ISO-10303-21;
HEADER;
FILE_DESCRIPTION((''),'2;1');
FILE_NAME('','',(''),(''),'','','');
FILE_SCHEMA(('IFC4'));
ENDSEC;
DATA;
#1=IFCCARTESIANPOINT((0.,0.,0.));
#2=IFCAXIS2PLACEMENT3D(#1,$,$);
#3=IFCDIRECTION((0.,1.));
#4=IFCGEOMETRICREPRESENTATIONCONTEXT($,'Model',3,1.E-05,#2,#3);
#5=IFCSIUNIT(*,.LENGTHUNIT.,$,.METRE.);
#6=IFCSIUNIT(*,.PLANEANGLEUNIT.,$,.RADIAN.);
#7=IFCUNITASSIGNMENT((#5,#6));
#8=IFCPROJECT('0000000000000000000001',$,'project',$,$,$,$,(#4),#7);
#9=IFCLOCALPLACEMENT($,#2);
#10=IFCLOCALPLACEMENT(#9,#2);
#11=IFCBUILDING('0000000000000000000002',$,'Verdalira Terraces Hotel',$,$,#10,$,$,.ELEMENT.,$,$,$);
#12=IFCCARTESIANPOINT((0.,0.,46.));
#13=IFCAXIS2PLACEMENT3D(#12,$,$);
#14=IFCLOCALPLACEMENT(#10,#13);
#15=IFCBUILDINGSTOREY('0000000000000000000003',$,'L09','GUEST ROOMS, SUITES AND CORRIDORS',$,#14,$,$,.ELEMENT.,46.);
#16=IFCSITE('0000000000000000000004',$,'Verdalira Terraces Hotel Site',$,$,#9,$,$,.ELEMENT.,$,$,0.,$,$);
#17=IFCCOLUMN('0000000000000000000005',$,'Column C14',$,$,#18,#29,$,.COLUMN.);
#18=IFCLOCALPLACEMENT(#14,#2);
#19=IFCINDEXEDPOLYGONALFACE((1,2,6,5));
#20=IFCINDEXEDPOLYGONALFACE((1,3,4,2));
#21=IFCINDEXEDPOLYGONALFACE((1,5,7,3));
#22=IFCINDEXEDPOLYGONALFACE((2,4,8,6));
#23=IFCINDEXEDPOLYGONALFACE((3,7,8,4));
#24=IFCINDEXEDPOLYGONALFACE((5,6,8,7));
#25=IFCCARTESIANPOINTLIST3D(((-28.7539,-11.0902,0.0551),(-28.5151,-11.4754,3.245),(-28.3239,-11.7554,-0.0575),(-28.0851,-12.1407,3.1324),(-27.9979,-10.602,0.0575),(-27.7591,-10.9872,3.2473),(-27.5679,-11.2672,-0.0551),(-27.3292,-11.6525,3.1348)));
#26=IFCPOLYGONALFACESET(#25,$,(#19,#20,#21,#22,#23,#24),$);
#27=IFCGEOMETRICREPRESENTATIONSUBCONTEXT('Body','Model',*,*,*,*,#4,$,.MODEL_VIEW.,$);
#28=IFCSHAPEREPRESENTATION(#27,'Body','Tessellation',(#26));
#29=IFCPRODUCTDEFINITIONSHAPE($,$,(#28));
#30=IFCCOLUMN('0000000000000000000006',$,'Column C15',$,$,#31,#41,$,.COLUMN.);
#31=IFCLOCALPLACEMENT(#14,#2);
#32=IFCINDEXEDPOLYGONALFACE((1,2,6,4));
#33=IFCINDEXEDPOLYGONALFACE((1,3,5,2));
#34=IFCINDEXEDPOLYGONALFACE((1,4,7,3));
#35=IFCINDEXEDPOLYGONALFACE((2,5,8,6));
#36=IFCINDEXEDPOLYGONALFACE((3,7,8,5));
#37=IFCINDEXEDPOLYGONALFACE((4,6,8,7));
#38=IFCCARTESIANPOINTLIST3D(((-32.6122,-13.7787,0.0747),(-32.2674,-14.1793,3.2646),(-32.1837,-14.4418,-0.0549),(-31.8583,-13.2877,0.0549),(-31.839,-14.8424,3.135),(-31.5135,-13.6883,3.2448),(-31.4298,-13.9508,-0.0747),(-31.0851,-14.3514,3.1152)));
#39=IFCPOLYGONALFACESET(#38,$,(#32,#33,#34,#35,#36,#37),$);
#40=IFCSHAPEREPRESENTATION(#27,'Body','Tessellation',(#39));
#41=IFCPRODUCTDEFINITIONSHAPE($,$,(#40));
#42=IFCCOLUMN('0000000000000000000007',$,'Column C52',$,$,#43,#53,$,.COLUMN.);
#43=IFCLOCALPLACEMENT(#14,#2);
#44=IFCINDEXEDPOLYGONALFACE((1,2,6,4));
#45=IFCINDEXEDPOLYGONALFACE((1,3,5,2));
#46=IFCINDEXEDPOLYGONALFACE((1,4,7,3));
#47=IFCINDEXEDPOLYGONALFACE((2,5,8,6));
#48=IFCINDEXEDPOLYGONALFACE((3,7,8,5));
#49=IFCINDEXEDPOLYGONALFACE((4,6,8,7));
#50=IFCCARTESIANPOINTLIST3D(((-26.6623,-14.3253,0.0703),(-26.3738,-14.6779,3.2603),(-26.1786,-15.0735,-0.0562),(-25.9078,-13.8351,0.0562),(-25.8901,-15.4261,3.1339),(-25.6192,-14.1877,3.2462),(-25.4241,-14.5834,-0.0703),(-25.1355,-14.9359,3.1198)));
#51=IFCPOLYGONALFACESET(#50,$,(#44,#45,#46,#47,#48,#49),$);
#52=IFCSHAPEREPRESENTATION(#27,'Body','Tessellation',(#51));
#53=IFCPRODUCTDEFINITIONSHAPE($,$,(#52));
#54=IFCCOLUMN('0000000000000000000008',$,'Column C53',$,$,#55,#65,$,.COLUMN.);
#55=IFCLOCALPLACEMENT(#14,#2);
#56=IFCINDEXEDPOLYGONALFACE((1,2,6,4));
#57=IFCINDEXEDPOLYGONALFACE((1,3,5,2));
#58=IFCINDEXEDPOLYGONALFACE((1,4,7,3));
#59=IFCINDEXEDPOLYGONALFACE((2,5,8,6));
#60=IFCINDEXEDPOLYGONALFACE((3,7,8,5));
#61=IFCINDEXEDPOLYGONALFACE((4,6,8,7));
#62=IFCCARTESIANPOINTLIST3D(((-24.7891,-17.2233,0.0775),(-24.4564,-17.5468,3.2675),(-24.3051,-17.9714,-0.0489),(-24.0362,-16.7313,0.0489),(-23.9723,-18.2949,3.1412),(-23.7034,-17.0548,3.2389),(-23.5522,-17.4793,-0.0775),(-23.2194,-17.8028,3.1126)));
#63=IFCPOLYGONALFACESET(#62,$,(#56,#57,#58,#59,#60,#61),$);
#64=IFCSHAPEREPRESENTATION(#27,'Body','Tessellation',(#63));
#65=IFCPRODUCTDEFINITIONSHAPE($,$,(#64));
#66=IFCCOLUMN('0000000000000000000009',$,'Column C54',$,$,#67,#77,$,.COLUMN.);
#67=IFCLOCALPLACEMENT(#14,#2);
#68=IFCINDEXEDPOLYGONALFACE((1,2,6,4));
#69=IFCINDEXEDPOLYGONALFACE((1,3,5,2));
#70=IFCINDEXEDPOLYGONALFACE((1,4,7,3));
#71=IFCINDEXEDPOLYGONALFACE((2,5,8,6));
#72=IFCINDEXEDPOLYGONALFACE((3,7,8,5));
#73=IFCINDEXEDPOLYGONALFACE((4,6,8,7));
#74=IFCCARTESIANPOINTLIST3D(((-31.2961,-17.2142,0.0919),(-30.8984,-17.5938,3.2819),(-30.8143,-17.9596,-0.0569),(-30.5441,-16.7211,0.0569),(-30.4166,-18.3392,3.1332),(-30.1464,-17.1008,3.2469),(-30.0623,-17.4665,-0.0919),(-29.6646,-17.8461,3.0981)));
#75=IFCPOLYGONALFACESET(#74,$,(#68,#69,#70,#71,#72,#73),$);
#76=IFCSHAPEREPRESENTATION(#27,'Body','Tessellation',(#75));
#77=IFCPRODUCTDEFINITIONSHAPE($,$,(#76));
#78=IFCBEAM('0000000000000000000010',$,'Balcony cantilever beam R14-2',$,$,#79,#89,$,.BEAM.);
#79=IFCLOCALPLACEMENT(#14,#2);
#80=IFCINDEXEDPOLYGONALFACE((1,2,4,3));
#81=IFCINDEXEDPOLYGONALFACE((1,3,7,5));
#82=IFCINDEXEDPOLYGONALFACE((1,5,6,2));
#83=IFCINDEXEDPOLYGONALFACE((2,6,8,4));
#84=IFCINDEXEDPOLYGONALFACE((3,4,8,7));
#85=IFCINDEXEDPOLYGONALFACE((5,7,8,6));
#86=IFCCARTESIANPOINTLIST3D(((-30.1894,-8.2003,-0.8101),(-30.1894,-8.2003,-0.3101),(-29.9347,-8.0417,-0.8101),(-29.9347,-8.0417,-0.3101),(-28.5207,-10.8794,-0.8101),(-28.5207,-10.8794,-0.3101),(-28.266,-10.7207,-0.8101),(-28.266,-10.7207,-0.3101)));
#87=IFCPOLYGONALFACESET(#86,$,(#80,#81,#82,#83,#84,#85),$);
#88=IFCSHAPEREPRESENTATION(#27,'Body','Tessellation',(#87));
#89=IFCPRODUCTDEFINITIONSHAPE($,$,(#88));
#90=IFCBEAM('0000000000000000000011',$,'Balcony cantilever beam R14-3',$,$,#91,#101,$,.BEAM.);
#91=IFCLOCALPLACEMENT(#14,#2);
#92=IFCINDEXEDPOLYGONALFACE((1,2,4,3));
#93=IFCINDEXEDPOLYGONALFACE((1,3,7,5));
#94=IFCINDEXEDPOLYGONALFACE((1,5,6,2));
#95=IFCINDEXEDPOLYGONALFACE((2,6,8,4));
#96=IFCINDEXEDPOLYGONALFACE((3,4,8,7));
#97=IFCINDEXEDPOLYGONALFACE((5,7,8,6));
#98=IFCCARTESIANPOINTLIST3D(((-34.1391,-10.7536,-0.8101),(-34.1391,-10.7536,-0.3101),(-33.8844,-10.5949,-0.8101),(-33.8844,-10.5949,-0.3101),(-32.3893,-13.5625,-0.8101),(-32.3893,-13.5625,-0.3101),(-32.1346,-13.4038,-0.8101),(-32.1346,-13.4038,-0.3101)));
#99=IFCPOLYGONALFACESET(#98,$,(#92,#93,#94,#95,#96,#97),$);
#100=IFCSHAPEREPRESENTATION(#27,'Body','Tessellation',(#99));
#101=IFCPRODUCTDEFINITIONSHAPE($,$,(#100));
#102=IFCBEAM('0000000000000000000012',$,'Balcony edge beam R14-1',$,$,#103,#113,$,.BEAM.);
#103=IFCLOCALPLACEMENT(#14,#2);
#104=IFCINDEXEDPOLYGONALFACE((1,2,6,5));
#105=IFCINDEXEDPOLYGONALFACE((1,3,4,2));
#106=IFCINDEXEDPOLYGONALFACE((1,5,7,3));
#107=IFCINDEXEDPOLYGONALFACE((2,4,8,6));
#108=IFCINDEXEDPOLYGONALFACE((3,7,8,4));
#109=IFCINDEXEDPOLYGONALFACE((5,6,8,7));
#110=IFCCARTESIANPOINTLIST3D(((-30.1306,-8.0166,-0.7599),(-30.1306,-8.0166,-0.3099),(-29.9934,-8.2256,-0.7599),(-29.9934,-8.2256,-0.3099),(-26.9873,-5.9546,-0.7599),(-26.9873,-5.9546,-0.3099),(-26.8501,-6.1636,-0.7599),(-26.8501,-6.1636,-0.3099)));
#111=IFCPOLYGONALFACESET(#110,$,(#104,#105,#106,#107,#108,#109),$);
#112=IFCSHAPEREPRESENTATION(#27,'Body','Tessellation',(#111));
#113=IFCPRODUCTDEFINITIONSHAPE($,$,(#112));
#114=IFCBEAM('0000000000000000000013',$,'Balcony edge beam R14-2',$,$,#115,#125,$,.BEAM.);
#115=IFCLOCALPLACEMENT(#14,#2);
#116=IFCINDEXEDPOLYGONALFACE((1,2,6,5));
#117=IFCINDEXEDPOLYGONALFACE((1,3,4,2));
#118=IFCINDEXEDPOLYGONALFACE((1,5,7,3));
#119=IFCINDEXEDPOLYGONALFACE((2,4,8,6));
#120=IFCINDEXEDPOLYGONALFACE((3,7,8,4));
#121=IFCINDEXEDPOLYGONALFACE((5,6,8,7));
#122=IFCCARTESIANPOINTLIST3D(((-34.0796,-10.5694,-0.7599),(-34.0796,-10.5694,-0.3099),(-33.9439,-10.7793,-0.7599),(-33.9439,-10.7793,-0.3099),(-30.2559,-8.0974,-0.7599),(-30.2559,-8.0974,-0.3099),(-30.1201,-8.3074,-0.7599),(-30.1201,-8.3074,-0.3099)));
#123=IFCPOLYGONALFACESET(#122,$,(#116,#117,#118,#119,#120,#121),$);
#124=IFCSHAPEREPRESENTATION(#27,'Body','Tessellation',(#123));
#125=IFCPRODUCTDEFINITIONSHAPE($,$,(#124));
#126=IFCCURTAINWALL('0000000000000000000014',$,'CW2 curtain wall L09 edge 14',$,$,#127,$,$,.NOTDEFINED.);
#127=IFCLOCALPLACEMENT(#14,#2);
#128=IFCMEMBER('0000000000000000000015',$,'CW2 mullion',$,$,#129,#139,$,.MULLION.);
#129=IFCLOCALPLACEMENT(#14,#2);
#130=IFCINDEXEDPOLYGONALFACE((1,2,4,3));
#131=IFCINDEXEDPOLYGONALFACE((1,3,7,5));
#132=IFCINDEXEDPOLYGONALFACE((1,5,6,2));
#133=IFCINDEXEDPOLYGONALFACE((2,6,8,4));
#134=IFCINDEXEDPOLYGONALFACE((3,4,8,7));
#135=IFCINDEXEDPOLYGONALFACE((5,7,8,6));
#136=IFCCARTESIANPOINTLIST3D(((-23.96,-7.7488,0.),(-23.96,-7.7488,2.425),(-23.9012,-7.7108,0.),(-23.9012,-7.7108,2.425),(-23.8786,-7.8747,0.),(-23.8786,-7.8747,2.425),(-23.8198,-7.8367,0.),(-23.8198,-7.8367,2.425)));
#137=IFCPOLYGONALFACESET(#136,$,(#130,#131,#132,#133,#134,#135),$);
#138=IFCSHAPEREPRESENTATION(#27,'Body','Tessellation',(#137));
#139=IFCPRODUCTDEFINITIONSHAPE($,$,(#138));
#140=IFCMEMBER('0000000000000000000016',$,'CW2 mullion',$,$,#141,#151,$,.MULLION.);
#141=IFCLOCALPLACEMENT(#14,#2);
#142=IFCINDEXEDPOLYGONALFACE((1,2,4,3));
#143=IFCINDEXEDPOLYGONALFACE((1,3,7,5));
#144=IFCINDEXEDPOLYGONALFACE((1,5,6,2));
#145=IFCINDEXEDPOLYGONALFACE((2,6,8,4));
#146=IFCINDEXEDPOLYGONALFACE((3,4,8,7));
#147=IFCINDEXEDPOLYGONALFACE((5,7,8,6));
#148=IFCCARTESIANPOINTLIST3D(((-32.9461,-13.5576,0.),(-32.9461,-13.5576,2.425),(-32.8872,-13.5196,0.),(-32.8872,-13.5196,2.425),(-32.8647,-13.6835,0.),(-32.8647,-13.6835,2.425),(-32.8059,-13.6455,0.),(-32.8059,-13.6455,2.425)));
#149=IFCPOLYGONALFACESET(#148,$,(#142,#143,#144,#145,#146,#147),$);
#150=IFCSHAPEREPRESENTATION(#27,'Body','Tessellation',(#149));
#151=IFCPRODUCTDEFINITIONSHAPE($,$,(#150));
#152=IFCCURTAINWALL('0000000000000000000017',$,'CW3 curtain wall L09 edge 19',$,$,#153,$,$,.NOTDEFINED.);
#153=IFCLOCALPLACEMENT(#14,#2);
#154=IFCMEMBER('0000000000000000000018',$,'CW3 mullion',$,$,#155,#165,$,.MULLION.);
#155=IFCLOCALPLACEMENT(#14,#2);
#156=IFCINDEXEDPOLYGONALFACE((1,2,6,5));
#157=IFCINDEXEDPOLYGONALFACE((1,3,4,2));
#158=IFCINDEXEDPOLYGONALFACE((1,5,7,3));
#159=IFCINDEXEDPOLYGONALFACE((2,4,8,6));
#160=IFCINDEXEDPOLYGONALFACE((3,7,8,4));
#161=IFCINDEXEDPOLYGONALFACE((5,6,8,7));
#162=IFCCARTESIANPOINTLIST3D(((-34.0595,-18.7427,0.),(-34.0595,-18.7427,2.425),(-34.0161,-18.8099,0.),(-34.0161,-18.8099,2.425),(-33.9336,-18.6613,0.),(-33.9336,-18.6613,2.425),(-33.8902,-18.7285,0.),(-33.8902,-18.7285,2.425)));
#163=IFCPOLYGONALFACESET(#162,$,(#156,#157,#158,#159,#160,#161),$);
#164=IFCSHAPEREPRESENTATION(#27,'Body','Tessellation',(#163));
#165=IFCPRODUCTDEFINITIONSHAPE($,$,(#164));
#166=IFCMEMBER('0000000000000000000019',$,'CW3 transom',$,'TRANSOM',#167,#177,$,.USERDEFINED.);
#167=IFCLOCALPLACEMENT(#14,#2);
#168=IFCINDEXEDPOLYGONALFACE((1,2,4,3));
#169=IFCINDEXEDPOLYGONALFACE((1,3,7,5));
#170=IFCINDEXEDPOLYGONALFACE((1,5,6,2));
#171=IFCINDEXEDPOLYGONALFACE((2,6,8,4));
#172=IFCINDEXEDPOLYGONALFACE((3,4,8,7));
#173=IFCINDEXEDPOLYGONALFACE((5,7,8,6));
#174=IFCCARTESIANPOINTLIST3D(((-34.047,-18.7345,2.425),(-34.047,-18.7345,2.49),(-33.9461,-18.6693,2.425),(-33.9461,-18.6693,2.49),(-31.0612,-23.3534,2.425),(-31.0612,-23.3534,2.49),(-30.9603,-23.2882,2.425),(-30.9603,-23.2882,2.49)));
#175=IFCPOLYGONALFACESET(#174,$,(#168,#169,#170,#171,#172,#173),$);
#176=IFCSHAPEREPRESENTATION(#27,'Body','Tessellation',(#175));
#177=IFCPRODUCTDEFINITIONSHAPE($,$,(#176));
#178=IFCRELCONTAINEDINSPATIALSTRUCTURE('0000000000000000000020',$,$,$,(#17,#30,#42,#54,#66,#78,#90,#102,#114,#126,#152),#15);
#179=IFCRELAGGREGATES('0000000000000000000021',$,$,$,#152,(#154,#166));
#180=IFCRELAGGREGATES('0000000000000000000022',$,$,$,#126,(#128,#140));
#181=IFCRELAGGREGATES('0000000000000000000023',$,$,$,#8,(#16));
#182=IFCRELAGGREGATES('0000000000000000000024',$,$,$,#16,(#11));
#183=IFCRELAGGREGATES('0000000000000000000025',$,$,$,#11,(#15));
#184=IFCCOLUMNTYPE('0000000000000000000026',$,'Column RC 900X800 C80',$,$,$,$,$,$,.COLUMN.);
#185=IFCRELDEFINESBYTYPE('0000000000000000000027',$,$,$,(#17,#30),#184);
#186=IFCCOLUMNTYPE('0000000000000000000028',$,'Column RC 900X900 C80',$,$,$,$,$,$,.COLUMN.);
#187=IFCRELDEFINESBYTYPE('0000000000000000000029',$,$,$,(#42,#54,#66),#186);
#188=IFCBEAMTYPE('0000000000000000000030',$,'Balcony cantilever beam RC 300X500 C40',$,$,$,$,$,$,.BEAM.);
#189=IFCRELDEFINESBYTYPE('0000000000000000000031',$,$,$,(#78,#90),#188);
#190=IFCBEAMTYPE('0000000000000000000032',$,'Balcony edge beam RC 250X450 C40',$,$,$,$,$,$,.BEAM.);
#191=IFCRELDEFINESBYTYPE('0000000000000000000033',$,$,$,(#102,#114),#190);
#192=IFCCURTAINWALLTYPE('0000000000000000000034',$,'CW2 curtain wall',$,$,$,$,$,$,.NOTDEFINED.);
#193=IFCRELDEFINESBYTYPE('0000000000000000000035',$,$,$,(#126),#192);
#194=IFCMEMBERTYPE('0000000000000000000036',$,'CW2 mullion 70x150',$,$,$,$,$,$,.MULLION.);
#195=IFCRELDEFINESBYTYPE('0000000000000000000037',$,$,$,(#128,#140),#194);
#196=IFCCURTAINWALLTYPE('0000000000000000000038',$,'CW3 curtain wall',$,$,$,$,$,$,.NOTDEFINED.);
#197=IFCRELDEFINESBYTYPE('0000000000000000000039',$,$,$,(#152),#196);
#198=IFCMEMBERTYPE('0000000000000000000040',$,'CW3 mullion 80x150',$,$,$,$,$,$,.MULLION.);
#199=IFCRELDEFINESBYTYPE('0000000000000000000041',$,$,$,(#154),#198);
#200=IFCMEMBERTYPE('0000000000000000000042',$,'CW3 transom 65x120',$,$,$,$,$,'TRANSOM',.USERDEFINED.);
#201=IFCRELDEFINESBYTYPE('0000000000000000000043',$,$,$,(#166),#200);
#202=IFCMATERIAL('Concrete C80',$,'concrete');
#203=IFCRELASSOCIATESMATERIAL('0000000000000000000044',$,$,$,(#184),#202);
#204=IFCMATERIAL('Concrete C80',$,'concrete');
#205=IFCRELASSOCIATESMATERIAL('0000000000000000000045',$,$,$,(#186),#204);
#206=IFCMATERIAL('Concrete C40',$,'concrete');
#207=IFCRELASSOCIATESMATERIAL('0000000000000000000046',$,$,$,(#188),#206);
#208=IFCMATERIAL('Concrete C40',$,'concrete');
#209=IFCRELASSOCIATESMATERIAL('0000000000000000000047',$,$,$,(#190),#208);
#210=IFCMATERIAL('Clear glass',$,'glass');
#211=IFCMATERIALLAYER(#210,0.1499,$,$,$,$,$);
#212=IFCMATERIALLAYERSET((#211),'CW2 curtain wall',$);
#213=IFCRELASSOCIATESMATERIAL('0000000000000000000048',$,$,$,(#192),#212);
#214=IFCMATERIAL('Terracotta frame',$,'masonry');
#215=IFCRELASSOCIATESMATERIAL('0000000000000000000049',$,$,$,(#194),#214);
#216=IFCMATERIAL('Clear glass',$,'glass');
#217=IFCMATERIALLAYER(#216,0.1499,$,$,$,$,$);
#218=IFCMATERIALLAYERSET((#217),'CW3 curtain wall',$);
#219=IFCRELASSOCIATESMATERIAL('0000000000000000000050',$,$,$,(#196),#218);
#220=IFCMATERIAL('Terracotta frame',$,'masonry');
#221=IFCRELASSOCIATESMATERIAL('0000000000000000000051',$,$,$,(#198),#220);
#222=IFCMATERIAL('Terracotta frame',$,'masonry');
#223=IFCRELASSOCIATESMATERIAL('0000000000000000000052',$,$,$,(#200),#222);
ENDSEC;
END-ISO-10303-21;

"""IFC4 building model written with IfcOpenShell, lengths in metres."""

from ifc_helpers import new_model, si_unit, direction, frame, origin, origin_2d, place, context, subcontext, project, spatial, rectangle, extrude, material, layer, layer_set, material_profile, profile_set, type_object, element, aggregate, save


model = new_model("IFC4")

# Units and contexts
model_context = context("Model", 3, precision=1e-05, world=origin(), true_north=direction((0.0, 1.0)))
body_context = subcontext(model_context, "Body", "Model", "MODEL_VIEW")
ifc_project = project(units=[si_unit("LENGTHUNIT", "METRE"), si_unit("PLANEANGLEUNIT", "RADIAN")], contexts=[model_context])

# Site, building, storey
site_placement = place(None, origin())
site = spatial("IfcSite", under=ifc_project, at=site_placement, Name="Verdalira Terraces Hotel Site", CompositionType="ELEMENT", RefElevation=0.0)
building_placement = place(site_placement, origin())
building = spatial("IfcBuilding", under=site, at=building_placement, Name="Verdalira Terraces Hotel", CompositionType="ELEMENT")
storey_placement = place(building_placement, frame((0.0, 0.0, 46.0)))
storey = spatial("IfcBuildingStorey", under=building, at=storey_placement, Name="L09", Description="GUEST ROOMS, SUITES AND CORRIDORS", CompositionType="ELEMENT", Elevation=46.0)

# Columns
ifc_material_1 = material(Name="Concrete C80", Category="concrete")
ifc_material_profile_1 = material_profile(ifc_material_1, rectangle(XDim=0.8999, YDim=0.8, at=origin_2d()), Name="RC 900X800")
ifc_profile_set_1 = profile_set([ifc_material_profile_1], Name="Concrete C80")
column_type_1 = type_object("IfcColumnType", Name="Column RC 900X800 C80", PredefinedType="COLUMN", material=ifc_profile_set_1)
column_1_placement = place(storey_placement, frame((-28.1609, -11.1787, 0.0), z_axis=(0.074106, -0.119571, 0.990056), x_axis=(-0.840046, -0.542508, -0.002641)))
element("IfcColumn", 1, at=column_1_placement, inside=storey, type_object=column_type_1, Name="Column C14", PredefinedType="COLUMN", context=body_context, shape_type="SweptSolid", body=[
    extrude(rectangle(XDim=0.8999, YDim=0.8, at=origin_2d()), origin(), (0.0, 0.0, 1.0), 3.2219),
])
column_2_placement = place(storey_placement, frame((-32.021, -13.8647, 0.0), z_axis=(0.106613, -0.123904, 0.98655), x_axis=(-0.83776, -0.545594, 0.022011)))
element("IfcColumn", 2, at=column_2_placement, inside=storey, type_object=column_type_1, Name="Column C15", PredefinedType="COLUMN", context=body_context, shape_type="SweptSolid", body=[
    extrude(rectangle(XDim=0.8999, YDim=0.8, at=origin_2d()), origin(), (0.0, 0.0, 1.0), 3.2334),
])
ifc_material_2 = material(Name="Concrete C80", Category="concrete")
ifc_material_profile_2 = material_profile(ifc_material_2, rectangle(XDim=0.8999, YDim=0.8999, at=origin_2d()), Name="RC 900X900")
ifc_profile_set_2 = profile_set([ifc_material_profile_2], Name="Concrete C80")
column_type_2 = type_object("IfcColumnType", Name="Column RC 900X900 C80", PredefinedType="COLUMN", material=ifc_profile_set_2)
column_3_placement = place(storey_placement, frame((-26.0432, -14.4543, 0.0), z_axis=(0.089555, -0.109406, 0.989955), x_axis=(-0.838496, -0.544682, 0.015658)))
element("IfcColumn", 3, at=column_3_placement, inside=storey, type_object=column_type_2, Name="Column C52", PredefinedType="COLUMN", context=body_context, shape_type="SweptSolid", body=[
    extrude(rectangle(XDim=0.8999, YDim=0.8999, at=origin_2d()), origin(), (0.0, 0.0, 1.0), 3.2224),
])
column_4_placement = place(storey_placement, frame((-24.1707, -17.3513, 0.0), z_axis=(0.10323, -0.100352, 0.989582), x_axis=(-0.836688, -0.546753, 0.031835)))
element("IfcColumn", 4, at=column_4_placement, inside=storey, type_object=column_type_2, Name="Column C53", PredefinedType="COLUMN", context=body_context, shape_type="SweptSolid", body=[
    extrude(rectangle(XDim=0.8999, YDim=0.8999, at=origin_2d()), origin(), (0.0, 0.0, 1.0), 3.2236),
])
column_5_placement = place(storey_placement, frame((-30.6792, -17.3403, 0.0), z_axis=(0.122863, -0.117282, 0.985469), x_axis=(-0.835614, -0.547933, 0.03897)))
element("IfcColumn", 5, at=column_5_placement, inside=storey, type_object=column_type_2, Name="Column C54", PredefinedType="COLUMN", context=body_context, shape_type="SweptSolid", body=[
    extrude(rectangle(XDim=0.8999, YDim=0.8999, at=origin_2d()), origin(), (0.0, 0.0, 1.0), 3.2371),
])

# Beams
ifc_material_3 = material(Name="Concrete C40", Category="concrete")
ifc_material_profile_3 = material_profile(ifc_material_3, rectangle(XDim=0.3, YDim=0.5, at=origin_2d()), Name="RC 300X500")
ifc_profile_set_3 = profile_set([ifc_material_profile_3], Name="Concrete C40")
beam_type_1 = type_object("IfcBeamType", Name="Balcony cantilever beam RC 300X500 C40", PredefinedType="BEAM", material=ifc_profile_set_3)
beam_1_placement = place(storey_placement, frame((-28.3933, -10.8, -0.5601), z_axis=(-0.528712, 0.848801, 0.0), x_axis=(-0.848801, -0.528712, 0.0)))
element("IfcBeam", 6, at=beam_1_placement, inside=storey, type_object=beam_type_1, Name="Balcony cantilever beam R14-2", PredefinedType="BEAM", context=body_context, shape_type="SweptSolid", body=[
    extrude(rectangle(XDim=0.3, YDim=0.5, at=origin_2d()), origin(), (0.0, 0.0, 1.0), 3.1562),
])
beam_2_placement = place(storey_placement, frame((-32.262, -13.4832, -0.5601), z_axis=(-0.528745, 0.848781, 0.0), x_axis=(-0.848781, -0.528745, 0.0)))
element("IfcBeam", 7, at=beam_2_placement, inside=storey, type_object=beam_type_1, Name="Balcony cantilever beam R14-3", PredefinedType="BEAM", context=body_context, shape_type="SweptSolid", body=[
    extrude(rectangle(XDim=0.3, YDim=0.5, at=origin_2d()), origin(), (0.0, 0.0, 1.0), 3.3093),
])
ifc_material_4 = material(Name="Concrete C40", Category="concrete")
ifc_material_profile_4 = material_profile(ifc_material_4, rectangle(XDim=0.25, YDim=0.45, at=origin_2d()), Name="RC 250X450")
ifc_profile_set_4 = profile_set([ifc_material_profile_4], Name="Concrete C40")
beam_type_2 = type_object("IfcBeamType", Name="Balcony edge beam RC 250X450 C40", PredefinedType="BEAM", material=ifc_profile_set_4)
beam_3_placement = place(storey_placement, frame((-26.9187, -6.0591, -0.5349), z_axis=(-0.836144, -0.54851, 0.0), x_axis=(0.54851, -0.836144, 0.0)))
element("IfcBeam", 8, at=beam_3_placement, inside=storey, type_object=beam_type_2, Name="Balcony edge beam R14-1", PredefinedType="BEAM", context=body_context, shape_type="SweptSolid", body=[
    extrude(rectangle(XDim=0.25, YDim=0.45, at=origin_2d()), origin(), (0.0, 0.0, 1.0), 3.7593),
])
beam_4_placement = place(storey_placement, frame((-30.188, -8.2024, -0.5349), z_axis=(-0.839796, -0.542902, 0.0), x_axis=(0.542902, -0.839796, 0.0)))
element("IfcBeam", 9, at=beam_4_placement, inside=storey, type_object=beam_type_2, Name="Balcony edge beam R14-2", PredefinedType="BEAM", context=body_context, shape_type="SweptSolid", body=[
    extrude(rectangle(XDim=0.25, YDim=0.45, at=origin_2d()), origin(), (0.0, 0.0, 1.0), 4.5532),
])

# Curtain walls, members
ifc_material_5 = material(Name="Clear glass", Category="glass")
ifc_layer_1 = layer(ifc_material_5, 0.1499)
ifc_layer_set_1 = layer_set([ifc_layer_1], Name="CW2 curtain wall")
curtain_wall_type_1 = type_object("IfcCurtainWallType", Name="CW2 curtain wall", PredefinedType="NOTDEFINED", material=ifc_layer_set_1)
curtain_wall_1_placement = place(storey_placement, origin())
curtain_wall_1 = element("IfcCurtainWall", 10, at=curtain_wall_1_placement, inside=storey, type_object=curtain_wall_type_1, Name="CW2 curtain wall L09 edge 14", PredefinedType="NOTDEFINED")
ifc_material_6 = material(Name="Terracotta frame", Category="masonry")
ifc_material_profile_5 = material_profile(ifc_material_6, rectangle(XDim=0.0701, YDim=0.1499, at=origin_2d()), Name="MU 70x150")
ifc_profile_set_5 = profile_set([ifc_material_profile_5], Name="Terracotta frame")
member_type_1 = type_object("IfcMemberType", Name="CW2 mullion 70x150", PredefinedType="MULLION", material=ifc_profile_set_5)
member_1_placement = place(storey_placement, frame((-23.8899, -7.7927, 0.0), z_axis=(0.0, 0.0, 1.0), x_axis=(-0.839809, -0.542881, 0.0)))
member_1 = element("IfcMember", 11, at=member_1_placement, type_object=member_type_1, Name="CW2 mullion", PredefinedType="MULLION", context=body_context, shape_type="SweptSolid", body=[
    extrude(rectangle(XDim=0.0701, YDim=0.1499, at=origin_2d()), origin(), (0.0, 0.0, 1.0), 2.425),
])
member_2_placement = place(storey_placement, frame((-32.876, -13.6016, 0.0), z_axis=(0.0, 0.0, 1.0), x_axis=(-0.839809, -0.542881, 0.0)))
member_2 = element("IfcMember", 12, at=member_2_placement, type_object=member_type_1, Name="CW2 mullion", PredefinedType="MULLION", context=body_context, shape_type="SweptSolid", body=[
    extrude(rectangle(XDim=0.0701, YDim=0.1499, at=origin_2d()), origin(), (0.0, 0.0, 1.0), 2.425),
])
ifc_material_7 = material(Name="Clear glass", Category="glass")
ifc_layer_2 = layer(ifc_material_7, 0.1499)
ifc_layer_set_2 = layer_set([ifc_layer_2], Name="CW3 curtain wall")
curtain_wall_type_2 = type_object("IfcCurtainWallType", Name="CW3 curtain wall", PredefinedType="NOTDEFINED", material=ifc_layer_set_2)
curtain_wall_2_placement = place(storey_placement, origin())
curtain_wall_2 = element("IfcCurtainWall", 13, at=curtain_wall_2_placement, inside=storey, type_object=curtain_wall_type_2, Name="CW3 curtain wall L09 edge 19", PredefinedType="NOTDEFINED")
ifc_material_8 = material(Name="Terracotta frame", Category="masonry")
ifc_material_profile_6 = material_profile(ifc_material_8, rectangle(XDim=0.0801, YDim=0.1499, at=origin_2d()), Name="MU 80x150")
ifc_profile_set_6 = profile_set([ifc_material_profile_6], Name="Terracotta frame")
member_type_2 = type_object("IfcMemberType", Name="CW3 mullion 80x150", PredefinedType="MULLION", material=ifc_profile_set_6)
member_3_placement = place(storey_placement, frame((-33.9749, -18.7356, 0.0), z_axis=(0.0, 0.0, 1.0), x_axis=(0.542881, -0.839809, 0.0)))
member_3 = element("IfcMember", 14, at=member_3_placement, type_object=member_type_2, Name="CW3 mullion", PredefinedType="MULLION", context=body_context, shape_type="SweptSolid", body=[
    extrude(rectangle(XDim=0.0801, YDim=0.1499, at=origin_2d()), origin(), (0.0, 0.0, 1.0), 2.425),
])
ifc_material_9 = material(Name="Terracotta frame", Category="masonry")
ifc_material_profile_7 = material_profile(ifc_material_9, rectangle(XDim=0.1201, YDim=0.0649, at=origin_2d()), Name="TR 65x120")
ifc_profile_set_7 = profile_set([ifc_material_profile_7], Name="Terracotta frame")
member_type_3 = type_object("IfcMemberType", Name="CW3 transom 65x120", ElementType="TRANSOM", PredefinedType="USERDEFINED", material=ifc_profile_set_7)
member_4_placement = place(storey_placement, frame((-33.9966, -18.7019, 2.4575), z_axis=(0.542885, -0.839807, 0.0), x_axis=(0.839807, 0.542885, 0.0)))
member_4 = element("IfcMember", 15, at=member_4_placement, type_object=member_type_3, Name="CW3 transom", ObjectType="TRANSOM", PredefinedType="USERDEFINED", context=body_context, shape_type="SweptSolid", body=[
    extrude(rectangle(XDim=0.1201, YDim=0.0649, at=origin_2d()), origin(), (0.0, 0.0, 1.0), 5.5),
])
aggregate(curtain_wall_2, [member_3, member_4])

aggregate(curtain_wall_1, [member_1, member_2])

save(model, "model.ifc")
